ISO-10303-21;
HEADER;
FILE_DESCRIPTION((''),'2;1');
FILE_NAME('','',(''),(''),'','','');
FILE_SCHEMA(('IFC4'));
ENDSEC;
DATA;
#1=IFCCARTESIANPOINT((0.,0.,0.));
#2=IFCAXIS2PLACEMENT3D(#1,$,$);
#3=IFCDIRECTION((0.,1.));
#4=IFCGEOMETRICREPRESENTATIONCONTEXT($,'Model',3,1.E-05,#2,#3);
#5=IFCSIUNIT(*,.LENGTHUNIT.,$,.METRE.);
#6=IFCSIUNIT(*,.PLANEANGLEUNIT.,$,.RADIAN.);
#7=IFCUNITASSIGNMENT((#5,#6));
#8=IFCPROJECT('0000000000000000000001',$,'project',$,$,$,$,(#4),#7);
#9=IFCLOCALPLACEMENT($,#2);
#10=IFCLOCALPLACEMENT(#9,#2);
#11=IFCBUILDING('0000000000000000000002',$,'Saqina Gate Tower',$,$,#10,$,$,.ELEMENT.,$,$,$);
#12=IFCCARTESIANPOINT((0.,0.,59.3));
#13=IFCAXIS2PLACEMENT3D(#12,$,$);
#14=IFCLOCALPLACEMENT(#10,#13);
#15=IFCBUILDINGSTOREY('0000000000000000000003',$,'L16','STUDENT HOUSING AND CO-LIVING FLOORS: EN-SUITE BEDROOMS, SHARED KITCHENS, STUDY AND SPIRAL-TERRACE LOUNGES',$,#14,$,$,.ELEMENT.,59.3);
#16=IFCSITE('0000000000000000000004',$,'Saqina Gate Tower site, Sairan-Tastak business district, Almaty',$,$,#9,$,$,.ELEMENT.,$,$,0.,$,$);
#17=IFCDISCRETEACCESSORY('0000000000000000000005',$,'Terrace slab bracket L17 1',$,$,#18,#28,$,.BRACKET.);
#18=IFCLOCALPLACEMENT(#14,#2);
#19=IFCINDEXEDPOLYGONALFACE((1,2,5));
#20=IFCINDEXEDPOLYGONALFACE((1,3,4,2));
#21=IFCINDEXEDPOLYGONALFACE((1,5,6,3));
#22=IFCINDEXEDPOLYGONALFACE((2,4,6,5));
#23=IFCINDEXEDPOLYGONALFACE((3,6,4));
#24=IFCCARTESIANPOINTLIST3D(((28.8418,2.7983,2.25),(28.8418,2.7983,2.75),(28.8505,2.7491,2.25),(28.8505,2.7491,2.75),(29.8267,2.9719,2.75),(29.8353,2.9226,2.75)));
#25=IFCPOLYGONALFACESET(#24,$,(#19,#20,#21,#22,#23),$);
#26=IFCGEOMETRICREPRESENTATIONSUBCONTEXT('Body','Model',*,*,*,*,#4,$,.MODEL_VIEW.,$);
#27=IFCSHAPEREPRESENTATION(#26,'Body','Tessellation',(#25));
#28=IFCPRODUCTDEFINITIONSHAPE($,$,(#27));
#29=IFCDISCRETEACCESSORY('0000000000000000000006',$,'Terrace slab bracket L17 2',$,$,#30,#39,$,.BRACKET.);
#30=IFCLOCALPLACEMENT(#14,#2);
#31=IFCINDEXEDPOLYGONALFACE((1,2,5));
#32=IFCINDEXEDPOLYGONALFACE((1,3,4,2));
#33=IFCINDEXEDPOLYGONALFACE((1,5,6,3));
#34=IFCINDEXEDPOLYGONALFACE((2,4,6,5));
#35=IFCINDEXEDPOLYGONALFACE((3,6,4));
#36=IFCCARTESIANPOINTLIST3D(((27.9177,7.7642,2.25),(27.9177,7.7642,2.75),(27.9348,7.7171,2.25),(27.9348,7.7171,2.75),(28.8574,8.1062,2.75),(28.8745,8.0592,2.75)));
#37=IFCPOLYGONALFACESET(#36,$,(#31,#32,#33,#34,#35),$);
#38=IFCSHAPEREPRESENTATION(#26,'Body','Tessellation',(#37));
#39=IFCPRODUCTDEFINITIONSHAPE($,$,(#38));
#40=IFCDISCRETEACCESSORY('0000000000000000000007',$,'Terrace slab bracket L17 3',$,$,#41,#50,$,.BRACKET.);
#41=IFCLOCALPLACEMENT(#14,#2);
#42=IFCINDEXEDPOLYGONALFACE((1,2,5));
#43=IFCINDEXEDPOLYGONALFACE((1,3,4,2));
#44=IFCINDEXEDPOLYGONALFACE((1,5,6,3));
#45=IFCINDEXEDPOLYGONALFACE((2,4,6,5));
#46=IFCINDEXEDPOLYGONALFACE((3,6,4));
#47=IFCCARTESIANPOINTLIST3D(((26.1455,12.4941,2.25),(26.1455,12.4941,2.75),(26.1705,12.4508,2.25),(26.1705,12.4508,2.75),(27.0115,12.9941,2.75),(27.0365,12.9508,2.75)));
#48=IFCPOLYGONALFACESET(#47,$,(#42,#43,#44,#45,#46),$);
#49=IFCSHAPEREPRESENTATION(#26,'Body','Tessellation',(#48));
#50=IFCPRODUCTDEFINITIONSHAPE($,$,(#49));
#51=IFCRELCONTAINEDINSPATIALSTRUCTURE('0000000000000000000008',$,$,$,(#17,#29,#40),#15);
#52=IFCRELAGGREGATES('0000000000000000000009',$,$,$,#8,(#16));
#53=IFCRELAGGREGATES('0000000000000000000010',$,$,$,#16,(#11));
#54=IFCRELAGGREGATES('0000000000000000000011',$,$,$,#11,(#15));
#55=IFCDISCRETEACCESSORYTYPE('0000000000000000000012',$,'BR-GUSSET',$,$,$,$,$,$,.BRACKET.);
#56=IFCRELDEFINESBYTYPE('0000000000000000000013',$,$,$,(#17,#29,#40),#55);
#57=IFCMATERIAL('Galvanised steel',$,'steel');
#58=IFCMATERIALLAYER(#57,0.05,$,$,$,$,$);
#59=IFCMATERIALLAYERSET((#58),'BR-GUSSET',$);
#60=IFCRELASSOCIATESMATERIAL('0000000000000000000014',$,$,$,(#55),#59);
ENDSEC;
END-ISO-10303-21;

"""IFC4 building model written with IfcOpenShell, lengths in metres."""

from ifc_helpers import new_model, si_unit, direction, frame, origin, place, context, subcontext, project, spatial, polyline, outline, extrude, material, layer, layer_set, type_object, element, save


model = new_model("IFC4")

# Units and contexts
model_context = context("Model", 3, precision=1e-05, world=origin(), true_north=direction((0.0, 1.0)))
body_context = subcontext(model_context, "Body", "Model", "MODEL_VIEW")
ifc_project = project(units=[si_unit("LENGTHUNIT", "METRE"), si_unit("PLANEANGLEUNIT", "RADIAN")], contexts=[model_context])

# Site, building, storey
site_placement = place(None, origin())
site = spatial("IfcSite", under=ifc_project, at=site_placement, Name="Saqina Gate Tower site, Sairan-Tastak business district, Almaty", CompositionType="ELEMENT", RefElevation=0.0)
building_placement = place(site_placement, origin())
building = spatial("IfcBuilding", under=site, at=building_placement, Name="Saqina Gate Tower", CompositionType="ELEMENT")
storey_placement = place(building_placement, frame((0.0, 0.0, 59.3)))
storey = spatial("IfcBuildingStorey", under=building, at=storey_placement, Name="L16", Description="STUDENT HOUSING AND CO-LIVING FLOORS: EN-SUITE BEDROOMS, SHARED KITCHENS, STUDY AND SPIRAL-TERRACE LOUNGES", CompositionType="ELEMENT", Elevation=59.3)

# Discrete accessories
ifc_material_1 = material(Name="Galvanised steel", Category="steel")
ifc_layer_1 = layer(ifc_material_1, 0.05)
ifc_layer_set_1 = layer_set([ifc_layer_1], Name="BR-GUSSET")
discrete_accessory_type_1 = type_object("IfcDiscreteAccessoryType", Name="BR-GUSSET", PredefinedType="BRACKET", material=ifc_layer_set_1)
discrete_accessory_1_placement = place(storey_placement, frame((28.8418, 2.7983, 2.25), z_axis=(-0.173576, 0.98482, 0.0), x_axis=(0.0, 0.0, 1.0)))
element("IfcDiscreteAccessory", 1, at=discrete_accessory_1_placement, inside=storey, type_object=discrete_accessory_type_1, Name="Terrace slab bracket L17 1", PredefinedType="BRACKET", context=body_context, shape_type="SweptSolid", body=[
    extrude(outline(polyline([(0.0, 0.0), (0.5, 0.0), (0.5, 1.0), (0.0, 0.0)])), origin(), (0.0, 0.0, -1.0), 0.05),
])
discrete_accessory_2_placement = place(storey_placement, frame((27.9177, 7.7642, 2.25), z_axis=(-0.342037, 0.939686, 0.0), x_axis=(0.0, 0.0, 1.0)))
element("IfcDiscreteAccessory", 2, at=discrete_accessory_2_placement, inside=storey, type_object=discrete_accessory_type_1, Name="Terrace slab bracket L17 2", PredefinedType="BRACKET", context=body_context, shape_type="SweptSolid", body=[
    extrude(outline(polyline([(0.0, 0.0), (0.5, 0.0), (0.5, 1.0), (0.0, 0.0)])), origin(), (0.0, 0.0, -1.0), 0.05),
])
discrete_accessory_3_placement = place(storey_placement, frame((26.1455, 12.4941, 2.25), z_axis=(-0.500025, 0.866011, 0.0), x_axis=(0.0, 0.0, 1.0)))
element("IfcDiscreteAccessory", 3, at=discrete_accessory_3_placement, inside=storey, type_object=discrete_accessory_type_1, Name="Terrace slab bracket L17 3", PredefinedType="BRACKET", context=body_context, shape_type="SweptSolid", body=[
    extrude(outline(polyline([(0.0, 0.0), (0.5, 0.0), (0.5, 0.9999), (0.0, 0.0)])), origin(), (0.0, 0.0, -1.0), 0.05),
])

save(model, "model.ifc")
